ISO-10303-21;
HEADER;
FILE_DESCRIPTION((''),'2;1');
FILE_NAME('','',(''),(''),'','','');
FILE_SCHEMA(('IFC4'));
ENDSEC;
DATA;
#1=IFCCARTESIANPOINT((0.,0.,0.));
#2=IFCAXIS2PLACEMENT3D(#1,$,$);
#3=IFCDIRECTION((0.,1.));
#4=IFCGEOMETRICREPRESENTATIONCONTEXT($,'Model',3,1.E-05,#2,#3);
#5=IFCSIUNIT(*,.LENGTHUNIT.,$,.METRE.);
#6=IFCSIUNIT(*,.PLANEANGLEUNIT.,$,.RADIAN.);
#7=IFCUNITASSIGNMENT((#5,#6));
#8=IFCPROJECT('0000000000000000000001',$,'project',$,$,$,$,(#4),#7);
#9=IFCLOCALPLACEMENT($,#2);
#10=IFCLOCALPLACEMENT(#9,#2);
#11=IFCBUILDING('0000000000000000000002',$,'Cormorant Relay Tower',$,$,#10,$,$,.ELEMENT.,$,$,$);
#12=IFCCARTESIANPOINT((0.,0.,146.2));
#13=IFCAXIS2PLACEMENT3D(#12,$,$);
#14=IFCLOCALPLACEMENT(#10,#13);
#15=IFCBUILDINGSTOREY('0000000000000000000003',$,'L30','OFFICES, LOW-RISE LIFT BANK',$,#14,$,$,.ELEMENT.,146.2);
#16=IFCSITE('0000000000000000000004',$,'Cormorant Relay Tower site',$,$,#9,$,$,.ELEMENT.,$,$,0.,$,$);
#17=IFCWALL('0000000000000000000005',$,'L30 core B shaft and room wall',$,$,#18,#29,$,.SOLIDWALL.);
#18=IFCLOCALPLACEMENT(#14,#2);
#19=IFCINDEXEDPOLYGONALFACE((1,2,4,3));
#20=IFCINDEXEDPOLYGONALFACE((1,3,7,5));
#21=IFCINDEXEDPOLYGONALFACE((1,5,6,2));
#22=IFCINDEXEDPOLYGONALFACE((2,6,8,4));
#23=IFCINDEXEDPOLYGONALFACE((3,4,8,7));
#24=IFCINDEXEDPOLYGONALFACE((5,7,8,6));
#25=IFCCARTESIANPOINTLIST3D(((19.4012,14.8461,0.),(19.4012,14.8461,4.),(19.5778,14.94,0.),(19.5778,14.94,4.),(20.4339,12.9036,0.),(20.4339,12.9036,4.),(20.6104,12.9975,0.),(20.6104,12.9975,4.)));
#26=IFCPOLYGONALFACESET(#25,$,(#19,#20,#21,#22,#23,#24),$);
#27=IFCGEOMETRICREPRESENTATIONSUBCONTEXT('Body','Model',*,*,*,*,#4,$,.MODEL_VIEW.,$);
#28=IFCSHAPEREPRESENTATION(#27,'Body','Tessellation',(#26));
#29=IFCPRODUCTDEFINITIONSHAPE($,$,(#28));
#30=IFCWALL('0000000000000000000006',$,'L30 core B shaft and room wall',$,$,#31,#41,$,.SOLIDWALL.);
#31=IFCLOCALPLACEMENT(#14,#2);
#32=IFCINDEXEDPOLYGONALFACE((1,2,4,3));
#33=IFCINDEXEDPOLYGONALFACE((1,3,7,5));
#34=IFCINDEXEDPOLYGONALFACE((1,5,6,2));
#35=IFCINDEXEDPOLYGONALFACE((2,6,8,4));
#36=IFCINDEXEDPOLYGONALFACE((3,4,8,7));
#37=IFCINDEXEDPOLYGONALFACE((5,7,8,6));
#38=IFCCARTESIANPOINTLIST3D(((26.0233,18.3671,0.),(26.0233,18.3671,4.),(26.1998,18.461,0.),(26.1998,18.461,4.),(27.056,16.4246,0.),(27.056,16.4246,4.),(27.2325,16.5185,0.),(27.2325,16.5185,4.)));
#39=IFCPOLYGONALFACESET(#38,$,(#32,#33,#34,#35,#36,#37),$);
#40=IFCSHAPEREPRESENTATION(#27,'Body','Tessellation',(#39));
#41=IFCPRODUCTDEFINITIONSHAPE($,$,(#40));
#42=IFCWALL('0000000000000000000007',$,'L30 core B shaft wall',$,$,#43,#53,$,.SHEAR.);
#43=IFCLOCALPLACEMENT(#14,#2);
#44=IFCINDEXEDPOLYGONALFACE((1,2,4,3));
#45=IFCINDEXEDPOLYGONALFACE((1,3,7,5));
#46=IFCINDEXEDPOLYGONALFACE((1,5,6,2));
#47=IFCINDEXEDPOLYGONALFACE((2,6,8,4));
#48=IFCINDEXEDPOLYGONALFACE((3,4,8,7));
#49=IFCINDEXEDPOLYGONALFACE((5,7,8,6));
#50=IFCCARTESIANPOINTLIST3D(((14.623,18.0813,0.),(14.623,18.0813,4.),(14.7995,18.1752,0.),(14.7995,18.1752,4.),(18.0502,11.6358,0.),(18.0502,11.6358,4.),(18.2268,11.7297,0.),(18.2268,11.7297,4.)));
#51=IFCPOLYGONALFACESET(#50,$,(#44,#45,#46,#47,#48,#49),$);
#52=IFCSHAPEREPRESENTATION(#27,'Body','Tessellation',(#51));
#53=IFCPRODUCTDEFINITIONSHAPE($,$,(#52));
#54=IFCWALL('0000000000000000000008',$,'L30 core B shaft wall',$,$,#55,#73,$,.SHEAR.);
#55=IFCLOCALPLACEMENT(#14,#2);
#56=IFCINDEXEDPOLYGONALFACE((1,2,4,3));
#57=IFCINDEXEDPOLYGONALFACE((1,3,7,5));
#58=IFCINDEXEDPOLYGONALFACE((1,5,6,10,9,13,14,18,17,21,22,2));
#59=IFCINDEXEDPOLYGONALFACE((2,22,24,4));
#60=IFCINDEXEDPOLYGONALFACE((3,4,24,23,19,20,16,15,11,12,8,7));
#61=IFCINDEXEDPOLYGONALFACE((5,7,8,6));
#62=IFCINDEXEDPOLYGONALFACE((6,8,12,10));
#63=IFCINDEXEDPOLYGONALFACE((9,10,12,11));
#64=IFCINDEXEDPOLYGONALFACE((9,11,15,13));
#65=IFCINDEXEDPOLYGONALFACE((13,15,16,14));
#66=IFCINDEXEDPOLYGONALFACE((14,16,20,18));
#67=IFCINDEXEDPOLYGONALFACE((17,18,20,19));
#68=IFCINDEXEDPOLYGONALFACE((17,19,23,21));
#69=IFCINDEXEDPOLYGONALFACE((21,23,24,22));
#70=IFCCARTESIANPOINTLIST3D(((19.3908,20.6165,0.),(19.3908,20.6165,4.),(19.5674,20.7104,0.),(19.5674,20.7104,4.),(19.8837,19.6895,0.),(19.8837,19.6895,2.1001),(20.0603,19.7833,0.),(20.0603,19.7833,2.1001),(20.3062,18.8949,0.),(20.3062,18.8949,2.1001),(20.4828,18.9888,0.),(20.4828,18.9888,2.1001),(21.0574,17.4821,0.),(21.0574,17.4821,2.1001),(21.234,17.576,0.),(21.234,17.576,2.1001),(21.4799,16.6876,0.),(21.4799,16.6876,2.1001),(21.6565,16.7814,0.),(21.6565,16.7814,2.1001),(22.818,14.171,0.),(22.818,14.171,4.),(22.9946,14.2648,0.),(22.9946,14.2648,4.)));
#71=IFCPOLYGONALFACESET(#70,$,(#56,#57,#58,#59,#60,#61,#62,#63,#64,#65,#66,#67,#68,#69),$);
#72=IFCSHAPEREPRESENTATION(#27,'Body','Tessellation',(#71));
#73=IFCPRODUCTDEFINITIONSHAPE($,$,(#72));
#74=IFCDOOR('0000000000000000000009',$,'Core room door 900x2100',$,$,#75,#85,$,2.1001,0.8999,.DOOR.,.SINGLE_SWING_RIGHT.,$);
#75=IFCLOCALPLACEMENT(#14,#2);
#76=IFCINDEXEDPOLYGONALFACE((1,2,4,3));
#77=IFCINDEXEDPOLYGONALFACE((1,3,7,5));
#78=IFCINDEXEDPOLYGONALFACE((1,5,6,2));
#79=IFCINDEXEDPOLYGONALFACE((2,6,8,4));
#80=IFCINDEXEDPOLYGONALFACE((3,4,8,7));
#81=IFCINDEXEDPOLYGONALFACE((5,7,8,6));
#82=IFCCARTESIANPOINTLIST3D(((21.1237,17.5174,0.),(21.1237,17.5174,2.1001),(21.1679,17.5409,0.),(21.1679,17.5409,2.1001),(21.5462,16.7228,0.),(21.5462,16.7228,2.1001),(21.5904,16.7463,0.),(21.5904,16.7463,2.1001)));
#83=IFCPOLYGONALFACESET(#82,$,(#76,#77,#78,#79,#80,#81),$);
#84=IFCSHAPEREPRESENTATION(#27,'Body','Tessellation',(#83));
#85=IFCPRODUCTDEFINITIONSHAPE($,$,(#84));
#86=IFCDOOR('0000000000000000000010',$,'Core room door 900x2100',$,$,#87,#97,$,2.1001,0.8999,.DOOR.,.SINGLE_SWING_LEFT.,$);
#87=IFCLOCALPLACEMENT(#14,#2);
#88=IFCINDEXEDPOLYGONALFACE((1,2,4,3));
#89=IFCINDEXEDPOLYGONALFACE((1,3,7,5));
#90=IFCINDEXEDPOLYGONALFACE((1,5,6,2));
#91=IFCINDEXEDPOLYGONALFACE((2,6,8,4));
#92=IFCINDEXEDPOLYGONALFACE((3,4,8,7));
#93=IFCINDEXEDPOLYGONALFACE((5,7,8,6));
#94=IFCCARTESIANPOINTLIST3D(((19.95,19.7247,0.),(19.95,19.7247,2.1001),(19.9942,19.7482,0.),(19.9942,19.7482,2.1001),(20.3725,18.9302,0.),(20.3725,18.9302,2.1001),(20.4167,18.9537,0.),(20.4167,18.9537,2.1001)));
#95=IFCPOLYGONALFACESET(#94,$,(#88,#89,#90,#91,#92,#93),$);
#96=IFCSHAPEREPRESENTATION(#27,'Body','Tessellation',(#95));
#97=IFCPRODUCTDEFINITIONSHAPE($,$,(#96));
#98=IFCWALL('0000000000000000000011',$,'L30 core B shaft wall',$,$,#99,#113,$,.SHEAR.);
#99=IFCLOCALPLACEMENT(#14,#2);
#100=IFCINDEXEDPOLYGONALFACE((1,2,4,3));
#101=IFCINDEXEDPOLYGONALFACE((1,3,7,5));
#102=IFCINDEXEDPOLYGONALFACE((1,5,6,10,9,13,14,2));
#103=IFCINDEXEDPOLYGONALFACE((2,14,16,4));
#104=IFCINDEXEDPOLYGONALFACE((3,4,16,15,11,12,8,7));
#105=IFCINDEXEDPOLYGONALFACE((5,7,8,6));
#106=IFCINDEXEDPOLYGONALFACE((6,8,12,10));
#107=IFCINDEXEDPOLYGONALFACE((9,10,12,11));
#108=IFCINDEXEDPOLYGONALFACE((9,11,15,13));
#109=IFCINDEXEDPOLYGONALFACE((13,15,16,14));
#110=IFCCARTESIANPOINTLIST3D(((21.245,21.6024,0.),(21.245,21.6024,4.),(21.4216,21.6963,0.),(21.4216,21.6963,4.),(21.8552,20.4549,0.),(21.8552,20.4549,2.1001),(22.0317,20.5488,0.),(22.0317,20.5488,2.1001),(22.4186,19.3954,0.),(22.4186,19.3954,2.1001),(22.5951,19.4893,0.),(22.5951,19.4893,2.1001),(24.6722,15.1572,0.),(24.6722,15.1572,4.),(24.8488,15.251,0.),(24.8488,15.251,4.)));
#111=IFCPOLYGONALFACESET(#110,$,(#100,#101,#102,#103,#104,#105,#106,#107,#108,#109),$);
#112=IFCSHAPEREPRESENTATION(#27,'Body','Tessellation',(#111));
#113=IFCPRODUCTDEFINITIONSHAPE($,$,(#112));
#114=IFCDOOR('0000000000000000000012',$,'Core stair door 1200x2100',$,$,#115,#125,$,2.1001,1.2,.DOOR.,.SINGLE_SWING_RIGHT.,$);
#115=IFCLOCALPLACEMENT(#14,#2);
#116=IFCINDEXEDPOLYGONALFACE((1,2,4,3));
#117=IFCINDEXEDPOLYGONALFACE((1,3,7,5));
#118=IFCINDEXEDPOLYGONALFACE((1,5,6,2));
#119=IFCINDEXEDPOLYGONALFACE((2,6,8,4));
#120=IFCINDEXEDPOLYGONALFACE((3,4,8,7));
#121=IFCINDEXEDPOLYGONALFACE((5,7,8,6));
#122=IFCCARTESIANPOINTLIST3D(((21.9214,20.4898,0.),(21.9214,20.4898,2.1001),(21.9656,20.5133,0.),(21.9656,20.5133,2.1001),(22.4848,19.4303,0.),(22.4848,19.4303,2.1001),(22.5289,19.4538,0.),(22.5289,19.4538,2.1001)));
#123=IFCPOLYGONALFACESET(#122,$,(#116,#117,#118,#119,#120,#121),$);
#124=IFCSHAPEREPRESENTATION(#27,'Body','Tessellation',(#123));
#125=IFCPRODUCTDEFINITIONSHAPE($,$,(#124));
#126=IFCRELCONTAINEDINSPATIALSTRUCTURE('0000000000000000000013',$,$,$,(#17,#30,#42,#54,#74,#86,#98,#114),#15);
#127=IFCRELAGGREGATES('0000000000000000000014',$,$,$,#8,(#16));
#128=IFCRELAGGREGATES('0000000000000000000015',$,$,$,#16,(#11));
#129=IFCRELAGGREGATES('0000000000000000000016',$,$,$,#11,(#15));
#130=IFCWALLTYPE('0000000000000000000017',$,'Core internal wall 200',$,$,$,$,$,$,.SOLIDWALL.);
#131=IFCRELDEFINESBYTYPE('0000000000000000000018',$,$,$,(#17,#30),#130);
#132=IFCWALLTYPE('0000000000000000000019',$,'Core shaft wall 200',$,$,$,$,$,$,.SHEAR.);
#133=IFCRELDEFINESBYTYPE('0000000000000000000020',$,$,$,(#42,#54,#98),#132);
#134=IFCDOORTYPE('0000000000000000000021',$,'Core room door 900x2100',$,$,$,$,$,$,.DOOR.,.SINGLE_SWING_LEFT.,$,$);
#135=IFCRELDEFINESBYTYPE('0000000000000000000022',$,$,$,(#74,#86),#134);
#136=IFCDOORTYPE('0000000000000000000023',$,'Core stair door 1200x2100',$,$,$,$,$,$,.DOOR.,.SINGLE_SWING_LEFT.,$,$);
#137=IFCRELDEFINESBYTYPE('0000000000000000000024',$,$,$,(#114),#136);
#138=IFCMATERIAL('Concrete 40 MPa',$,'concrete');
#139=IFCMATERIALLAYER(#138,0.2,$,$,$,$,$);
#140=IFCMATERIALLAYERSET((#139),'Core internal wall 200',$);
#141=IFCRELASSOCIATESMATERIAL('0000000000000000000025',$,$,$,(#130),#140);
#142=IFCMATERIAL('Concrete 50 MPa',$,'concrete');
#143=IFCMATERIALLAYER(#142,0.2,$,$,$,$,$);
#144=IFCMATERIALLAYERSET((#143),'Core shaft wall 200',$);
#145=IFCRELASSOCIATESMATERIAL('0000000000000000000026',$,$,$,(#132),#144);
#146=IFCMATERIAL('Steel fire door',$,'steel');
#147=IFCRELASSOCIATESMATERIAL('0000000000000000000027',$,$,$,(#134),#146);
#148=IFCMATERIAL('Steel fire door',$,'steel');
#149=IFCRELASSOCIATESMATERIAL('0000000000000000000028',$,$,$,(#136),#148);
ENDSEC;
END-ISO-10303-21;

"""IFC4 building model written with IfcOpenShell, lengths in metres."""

from ifc_helpers import new_model, si_unit, direction, frame, frame_2d, origin, place, context, subcontext, project, spatial, rectangle, extrude, material, layer, layer_set, type_object, element, fill, save


model = new_model("IFC4")

# Units and contexts
model_context = context("Model", 3, precision=1e-05, world=origin(), true_north=direction((0.0, 1.0)))
body_context = subcontext(model_context, "Body", "Model", "MODEL_VIEW")
ifc_project = project(units=[si_unit("LENGTHUNIT", "METRE"), si_unit("PLANEANGLEUNIT", "RADIAN")], contexts=[model_context])

# Site, building, storey
site_placement = place(None, origin())
site = spatial("IfcSite", under=ifc_project, at=site_placement, Name="Cormorant Relay Tower site", CompositionType="ELEMENT", RefElevation=0.0)
building_placement = place(site_placement, origin())
building = spatial("IfcBuilding", under=site, at=building_placement, Name="Cormorant Relay Tower", CompositionType="ELEMENT")
storey_placement = place(building_placement, frame((0.0, 0.0, 146.2)))
storey = spatial("IfcBuildingStorey", under=building, at=storey_placement, Name="L30", Description="OFFICES, LOW-RISE LIFT BANK", CompositionType="ELEMENT", Elevation=146.2)

# Walls
ifc_material_1 = material(Name="Concrete 40 MPa", Category="concrete")
ifc_layer_1 = layer(ifc_material_1, 0.2)
ifc_layer_set_1 = layer_set([ifc_layer_1], Name="Core internal wall 200")
wall_type_1 = type_object("IfcWallType", Name="Core internal wall 200", PredefinedType="SOLIDWALL", material=ifc_layer_set_1)
for number, where, z_axis, x_axis, name in (
    (1, (20.5222, 12.9504, 0.0), (0.0, 0.0, 1.0), (-0.469401, 0.882985, 0.0), "L30 core B shaft and room wall"),
    (2, (27.1443, 16.4714, 0.0), (0.0, 0.0, 1.0), (-0.469401, 0.882985, 0.0), "L30 core B shaft and room wall"),
):
    element("IfcWall", number, at=place(storey_placement, frame(where, z_axis=z_axis, x_axis=x_axis)), inside=storey, type_object=wall_type_1, Name=name, PredefinedType="SOLIDWALL", context=body_context, shape_type="SweptSolid", body=[
        extrude(rectangle(XDim=2.2, YDim=0.2, at=frame_2d((1.1001, 0.0))), origin(), (0.0, 0.0, 1.0), 4.0),
    ])
ifc_material_2 = material(Name="Concrete 50 MPa", Category="concrete")
ifc_layer_2 = layer(ifc_material_2, 0.2)
ifc_layer_set_2 = layer_set([ifc_layer_2], Name="Core shaft wall 200")
wall_type_2 = type_object("IfcWallType", Name="Core shaft wall 200", PredefinedType="SHEAR", material=ifc_layer_set_2)
wall_1_placement = place(storey_placement, frame((18.1384, 11.6829, 0.0), z_axis=(0.0, 0.0, 1.0), x_axis=(-0.46948, 0.882943, 0.0)))
element("IfcWall", 3, at=wall_1_placement, inside=storey, type_object=wall_type_2, Name="L30 core B shaft wall", PredefinedType="SHEAR", context=body_context, shape_type="SweptSolid", body=[
    extrude(rectangle(XDim=7.3, YDim=0.2, at=frame_2d((3.6499, 0.0))), origin(), (0.0, 0.0, 1.0), 4.0),
])

# Wall, openings, doors
wall_2_placement = place(storey_placement, frame((22.9062, 14.218, 0.0), z_axis=(0.0, 0.0, 1.0), x_axis=(-0.46948, 0.882943, 0.0)))
wall_2 = element("IfcWall", 4, at=wall_2_placement, inside=storey, type_object=wall_type_2, Name="L30 core B shaft wall", PredefinedType="SHEAR", context=body_context, shape_type="SweptSolid", body=[
    extrude(rectangle(XDim=7.3, YDim=0.2, at=frame_2d((3.6499, 0.0))), origin(), (0.0, 0.0, 1.0), 4.0),
])
opening_1_placement = place(wall_2_placement, frame((2.8501, 0.0, 0.0)))
opening_1 = element("IfcOpeningElement", 5, at=opening_1_placement, cuts=wall_2, PredefinedType="OPENING", context=body_context, shape_type="SweptSolid", body=[
    extrude(rectangle(XDim=0.8999, YDim=2.1001, at=frame_2d((0.45, 1.05))), frame((0.0, 0.1099, 0.0), z_axis=(0.0, -1.0, 0.0), x_axis=(1.0, 0.0, 0.0)), (0.0, 0.0, 1.0), 0.22),
])
opening_2_placement = place(wall_2_placement, frame((5.3501, 0.0, 0.0)))
opening_2 = element("IfcOpeningElement", 6, at=opening_2_placement, cuts=wall_2, PredefinedType="OPENING", context=body_context, shape_type="SweptSolid", body=[
    extrude(rectangle(XDim=0.8999, YDim=2.1001, at=frame_2d((0.45, 1.05))), frame((0.0, 0.1099, 0.0), z_axis=(0.0, -1.0, 0.0), x_axis=(1.0, 0.0, 0.0)), (0.0, 0.0, 1.0), 0.22),
])
ifc_material_3 = material(Name="Steel fire door", Category="steel")
door_type_1 = type_object("IfcDoorType", Name="Core room door 900x2100", OperationType="SINGLE_SWING_LEFT", PredefinedType="DOOR", material=ifc_material_3)
door_1_placement = place(opening_1_placement, origin())
door_1 = element("IfcDoor", 7, at=door_1_placement, inside=storey, type_object=door_type_1, Name="Core room door 900x2100", OperationType="SINGLE_SWING_RIGHT", OverallHeight=2.1001, OverallWidth=0.8999, PredefinedType="DOOR", context=body_context, shape_type="SweptSolid", body=[
    extrude(rectangle(XDim=0.8999, YDim=2.1001, at=frame_2d((0.45, 1.05))), frame((0.0, 0.0249, 0.0), z_axis=(0.0, -1.0, 0.0), x_axis=(1.0, 0.0, 0.0)), (0.0, 0.0, 1.0), 0.05),
])
fill(opening_1, door_1)
door_2_placement = place(opening_2_placement, origin())
door_2 = element("IfcDoor", 8, at=door_2_placement, inside=storey, type_object=door_type_1, Name="Core room door 900x2100", OperationType="SINGLE_SWING_LEFT", OverallHeight=2.1001, OverallWidth=0.8999, PredefinedType="DOOR", context=body_context, shape_type="SweptSolid", body=[
    extrude(rectangle(XDim=0.8999, YDim=2.1001, at=frame_2d((0.45, 1.05))), frame((0.0, 0.0249, 0.0), z_axis=(0.0, -1.0, 0.0), x_axis=(1.0, 0.0, 0.0)), (0.0, 0.0, 1.0), 0.05),
])
fill(opening_2, door_2)

# Wall, opening, door
wall_3_placement = place(storey_placement, frame((24.7605, 15.2041, 0.0), z_axis=(0.0, 0.0, 1.0), x_axis=(-0.469494, 0.882936, 0.0)))
wall_3 = element("IfcWall", 9, at=wall_3_placement, inside=storey, type_object=wall_type_2, Name="L30 core B shaft wall", PredefinedType="SHEAR", context=body_context, shape_type="SweptSolid", body=[
    extrude(rectangle(XDim=7.2998, YDim=0.2, at=frame_2d((3.6499, 0.0))), origin(), (0.0, 0.0, 1.0), 4.0),
])
opening_3_placement = place(wall_3_placement, frame((4.8, 0.0, 0.0)))
opening_3 = element("IfcOpeningElement", 10, at=opening_3_placement, cuts=wall_3, PredefinedType="OPENING", context=body_context, shape_type="SweptSolid", body=[
    extrude(rectangle(XDim=1.2, YDim=2.1001, at=frame_2d((0.6001, 1.05))), frame((0.0, 0.1099, 0.0), z_axis=(0.0, -1.0, 0.0), x_axis=(1.0, 0.0, 0.0)), (0.0, 0.0, 1.0), 0.22),
])
ifc_material_4 = material(Name="Steel fire door", Category="steel")
door_type_2 = type_object("IfcDoorType", Name="Core stair door 1200x2100", OperationType="SINGLE_SWING_LEFT", PredefinedType="DOOR", material=ifc_material_4)
door_3_placement = place(opening_3_placement, frame((1.2, 0.0, 0.0), z_axis=(0.0, 0.0, 1.0), x_axis=(-1.0, 0.0, 0.0)))
door_3 = element("IfcDoor", 11, at=door_3_placement, inside=storey, type_object=door_type_2, Name="Core stair door 1200x2100", OperationType="SINGLE_SWING_RIGHT", OverallHeight=2.1001, OverallWidth=1.2, PredefinedType="DOOR", context=body_context, shape_type="SweptSolid", body=[
    extrude(rectangle(XDim=1.2, YDim=2.1001, at=frame_2d((0.6001, 1.05))), frame((0.0, 0.0249, 0.0), z_axis=(0.0, -1.0, 0.0), x_axis=(1.0, 0.0, 0.0)), (0.0, 0.0, 1.0), 0.05),
])
fill(opening_3, door_3)

save(model, "model.ifc")
